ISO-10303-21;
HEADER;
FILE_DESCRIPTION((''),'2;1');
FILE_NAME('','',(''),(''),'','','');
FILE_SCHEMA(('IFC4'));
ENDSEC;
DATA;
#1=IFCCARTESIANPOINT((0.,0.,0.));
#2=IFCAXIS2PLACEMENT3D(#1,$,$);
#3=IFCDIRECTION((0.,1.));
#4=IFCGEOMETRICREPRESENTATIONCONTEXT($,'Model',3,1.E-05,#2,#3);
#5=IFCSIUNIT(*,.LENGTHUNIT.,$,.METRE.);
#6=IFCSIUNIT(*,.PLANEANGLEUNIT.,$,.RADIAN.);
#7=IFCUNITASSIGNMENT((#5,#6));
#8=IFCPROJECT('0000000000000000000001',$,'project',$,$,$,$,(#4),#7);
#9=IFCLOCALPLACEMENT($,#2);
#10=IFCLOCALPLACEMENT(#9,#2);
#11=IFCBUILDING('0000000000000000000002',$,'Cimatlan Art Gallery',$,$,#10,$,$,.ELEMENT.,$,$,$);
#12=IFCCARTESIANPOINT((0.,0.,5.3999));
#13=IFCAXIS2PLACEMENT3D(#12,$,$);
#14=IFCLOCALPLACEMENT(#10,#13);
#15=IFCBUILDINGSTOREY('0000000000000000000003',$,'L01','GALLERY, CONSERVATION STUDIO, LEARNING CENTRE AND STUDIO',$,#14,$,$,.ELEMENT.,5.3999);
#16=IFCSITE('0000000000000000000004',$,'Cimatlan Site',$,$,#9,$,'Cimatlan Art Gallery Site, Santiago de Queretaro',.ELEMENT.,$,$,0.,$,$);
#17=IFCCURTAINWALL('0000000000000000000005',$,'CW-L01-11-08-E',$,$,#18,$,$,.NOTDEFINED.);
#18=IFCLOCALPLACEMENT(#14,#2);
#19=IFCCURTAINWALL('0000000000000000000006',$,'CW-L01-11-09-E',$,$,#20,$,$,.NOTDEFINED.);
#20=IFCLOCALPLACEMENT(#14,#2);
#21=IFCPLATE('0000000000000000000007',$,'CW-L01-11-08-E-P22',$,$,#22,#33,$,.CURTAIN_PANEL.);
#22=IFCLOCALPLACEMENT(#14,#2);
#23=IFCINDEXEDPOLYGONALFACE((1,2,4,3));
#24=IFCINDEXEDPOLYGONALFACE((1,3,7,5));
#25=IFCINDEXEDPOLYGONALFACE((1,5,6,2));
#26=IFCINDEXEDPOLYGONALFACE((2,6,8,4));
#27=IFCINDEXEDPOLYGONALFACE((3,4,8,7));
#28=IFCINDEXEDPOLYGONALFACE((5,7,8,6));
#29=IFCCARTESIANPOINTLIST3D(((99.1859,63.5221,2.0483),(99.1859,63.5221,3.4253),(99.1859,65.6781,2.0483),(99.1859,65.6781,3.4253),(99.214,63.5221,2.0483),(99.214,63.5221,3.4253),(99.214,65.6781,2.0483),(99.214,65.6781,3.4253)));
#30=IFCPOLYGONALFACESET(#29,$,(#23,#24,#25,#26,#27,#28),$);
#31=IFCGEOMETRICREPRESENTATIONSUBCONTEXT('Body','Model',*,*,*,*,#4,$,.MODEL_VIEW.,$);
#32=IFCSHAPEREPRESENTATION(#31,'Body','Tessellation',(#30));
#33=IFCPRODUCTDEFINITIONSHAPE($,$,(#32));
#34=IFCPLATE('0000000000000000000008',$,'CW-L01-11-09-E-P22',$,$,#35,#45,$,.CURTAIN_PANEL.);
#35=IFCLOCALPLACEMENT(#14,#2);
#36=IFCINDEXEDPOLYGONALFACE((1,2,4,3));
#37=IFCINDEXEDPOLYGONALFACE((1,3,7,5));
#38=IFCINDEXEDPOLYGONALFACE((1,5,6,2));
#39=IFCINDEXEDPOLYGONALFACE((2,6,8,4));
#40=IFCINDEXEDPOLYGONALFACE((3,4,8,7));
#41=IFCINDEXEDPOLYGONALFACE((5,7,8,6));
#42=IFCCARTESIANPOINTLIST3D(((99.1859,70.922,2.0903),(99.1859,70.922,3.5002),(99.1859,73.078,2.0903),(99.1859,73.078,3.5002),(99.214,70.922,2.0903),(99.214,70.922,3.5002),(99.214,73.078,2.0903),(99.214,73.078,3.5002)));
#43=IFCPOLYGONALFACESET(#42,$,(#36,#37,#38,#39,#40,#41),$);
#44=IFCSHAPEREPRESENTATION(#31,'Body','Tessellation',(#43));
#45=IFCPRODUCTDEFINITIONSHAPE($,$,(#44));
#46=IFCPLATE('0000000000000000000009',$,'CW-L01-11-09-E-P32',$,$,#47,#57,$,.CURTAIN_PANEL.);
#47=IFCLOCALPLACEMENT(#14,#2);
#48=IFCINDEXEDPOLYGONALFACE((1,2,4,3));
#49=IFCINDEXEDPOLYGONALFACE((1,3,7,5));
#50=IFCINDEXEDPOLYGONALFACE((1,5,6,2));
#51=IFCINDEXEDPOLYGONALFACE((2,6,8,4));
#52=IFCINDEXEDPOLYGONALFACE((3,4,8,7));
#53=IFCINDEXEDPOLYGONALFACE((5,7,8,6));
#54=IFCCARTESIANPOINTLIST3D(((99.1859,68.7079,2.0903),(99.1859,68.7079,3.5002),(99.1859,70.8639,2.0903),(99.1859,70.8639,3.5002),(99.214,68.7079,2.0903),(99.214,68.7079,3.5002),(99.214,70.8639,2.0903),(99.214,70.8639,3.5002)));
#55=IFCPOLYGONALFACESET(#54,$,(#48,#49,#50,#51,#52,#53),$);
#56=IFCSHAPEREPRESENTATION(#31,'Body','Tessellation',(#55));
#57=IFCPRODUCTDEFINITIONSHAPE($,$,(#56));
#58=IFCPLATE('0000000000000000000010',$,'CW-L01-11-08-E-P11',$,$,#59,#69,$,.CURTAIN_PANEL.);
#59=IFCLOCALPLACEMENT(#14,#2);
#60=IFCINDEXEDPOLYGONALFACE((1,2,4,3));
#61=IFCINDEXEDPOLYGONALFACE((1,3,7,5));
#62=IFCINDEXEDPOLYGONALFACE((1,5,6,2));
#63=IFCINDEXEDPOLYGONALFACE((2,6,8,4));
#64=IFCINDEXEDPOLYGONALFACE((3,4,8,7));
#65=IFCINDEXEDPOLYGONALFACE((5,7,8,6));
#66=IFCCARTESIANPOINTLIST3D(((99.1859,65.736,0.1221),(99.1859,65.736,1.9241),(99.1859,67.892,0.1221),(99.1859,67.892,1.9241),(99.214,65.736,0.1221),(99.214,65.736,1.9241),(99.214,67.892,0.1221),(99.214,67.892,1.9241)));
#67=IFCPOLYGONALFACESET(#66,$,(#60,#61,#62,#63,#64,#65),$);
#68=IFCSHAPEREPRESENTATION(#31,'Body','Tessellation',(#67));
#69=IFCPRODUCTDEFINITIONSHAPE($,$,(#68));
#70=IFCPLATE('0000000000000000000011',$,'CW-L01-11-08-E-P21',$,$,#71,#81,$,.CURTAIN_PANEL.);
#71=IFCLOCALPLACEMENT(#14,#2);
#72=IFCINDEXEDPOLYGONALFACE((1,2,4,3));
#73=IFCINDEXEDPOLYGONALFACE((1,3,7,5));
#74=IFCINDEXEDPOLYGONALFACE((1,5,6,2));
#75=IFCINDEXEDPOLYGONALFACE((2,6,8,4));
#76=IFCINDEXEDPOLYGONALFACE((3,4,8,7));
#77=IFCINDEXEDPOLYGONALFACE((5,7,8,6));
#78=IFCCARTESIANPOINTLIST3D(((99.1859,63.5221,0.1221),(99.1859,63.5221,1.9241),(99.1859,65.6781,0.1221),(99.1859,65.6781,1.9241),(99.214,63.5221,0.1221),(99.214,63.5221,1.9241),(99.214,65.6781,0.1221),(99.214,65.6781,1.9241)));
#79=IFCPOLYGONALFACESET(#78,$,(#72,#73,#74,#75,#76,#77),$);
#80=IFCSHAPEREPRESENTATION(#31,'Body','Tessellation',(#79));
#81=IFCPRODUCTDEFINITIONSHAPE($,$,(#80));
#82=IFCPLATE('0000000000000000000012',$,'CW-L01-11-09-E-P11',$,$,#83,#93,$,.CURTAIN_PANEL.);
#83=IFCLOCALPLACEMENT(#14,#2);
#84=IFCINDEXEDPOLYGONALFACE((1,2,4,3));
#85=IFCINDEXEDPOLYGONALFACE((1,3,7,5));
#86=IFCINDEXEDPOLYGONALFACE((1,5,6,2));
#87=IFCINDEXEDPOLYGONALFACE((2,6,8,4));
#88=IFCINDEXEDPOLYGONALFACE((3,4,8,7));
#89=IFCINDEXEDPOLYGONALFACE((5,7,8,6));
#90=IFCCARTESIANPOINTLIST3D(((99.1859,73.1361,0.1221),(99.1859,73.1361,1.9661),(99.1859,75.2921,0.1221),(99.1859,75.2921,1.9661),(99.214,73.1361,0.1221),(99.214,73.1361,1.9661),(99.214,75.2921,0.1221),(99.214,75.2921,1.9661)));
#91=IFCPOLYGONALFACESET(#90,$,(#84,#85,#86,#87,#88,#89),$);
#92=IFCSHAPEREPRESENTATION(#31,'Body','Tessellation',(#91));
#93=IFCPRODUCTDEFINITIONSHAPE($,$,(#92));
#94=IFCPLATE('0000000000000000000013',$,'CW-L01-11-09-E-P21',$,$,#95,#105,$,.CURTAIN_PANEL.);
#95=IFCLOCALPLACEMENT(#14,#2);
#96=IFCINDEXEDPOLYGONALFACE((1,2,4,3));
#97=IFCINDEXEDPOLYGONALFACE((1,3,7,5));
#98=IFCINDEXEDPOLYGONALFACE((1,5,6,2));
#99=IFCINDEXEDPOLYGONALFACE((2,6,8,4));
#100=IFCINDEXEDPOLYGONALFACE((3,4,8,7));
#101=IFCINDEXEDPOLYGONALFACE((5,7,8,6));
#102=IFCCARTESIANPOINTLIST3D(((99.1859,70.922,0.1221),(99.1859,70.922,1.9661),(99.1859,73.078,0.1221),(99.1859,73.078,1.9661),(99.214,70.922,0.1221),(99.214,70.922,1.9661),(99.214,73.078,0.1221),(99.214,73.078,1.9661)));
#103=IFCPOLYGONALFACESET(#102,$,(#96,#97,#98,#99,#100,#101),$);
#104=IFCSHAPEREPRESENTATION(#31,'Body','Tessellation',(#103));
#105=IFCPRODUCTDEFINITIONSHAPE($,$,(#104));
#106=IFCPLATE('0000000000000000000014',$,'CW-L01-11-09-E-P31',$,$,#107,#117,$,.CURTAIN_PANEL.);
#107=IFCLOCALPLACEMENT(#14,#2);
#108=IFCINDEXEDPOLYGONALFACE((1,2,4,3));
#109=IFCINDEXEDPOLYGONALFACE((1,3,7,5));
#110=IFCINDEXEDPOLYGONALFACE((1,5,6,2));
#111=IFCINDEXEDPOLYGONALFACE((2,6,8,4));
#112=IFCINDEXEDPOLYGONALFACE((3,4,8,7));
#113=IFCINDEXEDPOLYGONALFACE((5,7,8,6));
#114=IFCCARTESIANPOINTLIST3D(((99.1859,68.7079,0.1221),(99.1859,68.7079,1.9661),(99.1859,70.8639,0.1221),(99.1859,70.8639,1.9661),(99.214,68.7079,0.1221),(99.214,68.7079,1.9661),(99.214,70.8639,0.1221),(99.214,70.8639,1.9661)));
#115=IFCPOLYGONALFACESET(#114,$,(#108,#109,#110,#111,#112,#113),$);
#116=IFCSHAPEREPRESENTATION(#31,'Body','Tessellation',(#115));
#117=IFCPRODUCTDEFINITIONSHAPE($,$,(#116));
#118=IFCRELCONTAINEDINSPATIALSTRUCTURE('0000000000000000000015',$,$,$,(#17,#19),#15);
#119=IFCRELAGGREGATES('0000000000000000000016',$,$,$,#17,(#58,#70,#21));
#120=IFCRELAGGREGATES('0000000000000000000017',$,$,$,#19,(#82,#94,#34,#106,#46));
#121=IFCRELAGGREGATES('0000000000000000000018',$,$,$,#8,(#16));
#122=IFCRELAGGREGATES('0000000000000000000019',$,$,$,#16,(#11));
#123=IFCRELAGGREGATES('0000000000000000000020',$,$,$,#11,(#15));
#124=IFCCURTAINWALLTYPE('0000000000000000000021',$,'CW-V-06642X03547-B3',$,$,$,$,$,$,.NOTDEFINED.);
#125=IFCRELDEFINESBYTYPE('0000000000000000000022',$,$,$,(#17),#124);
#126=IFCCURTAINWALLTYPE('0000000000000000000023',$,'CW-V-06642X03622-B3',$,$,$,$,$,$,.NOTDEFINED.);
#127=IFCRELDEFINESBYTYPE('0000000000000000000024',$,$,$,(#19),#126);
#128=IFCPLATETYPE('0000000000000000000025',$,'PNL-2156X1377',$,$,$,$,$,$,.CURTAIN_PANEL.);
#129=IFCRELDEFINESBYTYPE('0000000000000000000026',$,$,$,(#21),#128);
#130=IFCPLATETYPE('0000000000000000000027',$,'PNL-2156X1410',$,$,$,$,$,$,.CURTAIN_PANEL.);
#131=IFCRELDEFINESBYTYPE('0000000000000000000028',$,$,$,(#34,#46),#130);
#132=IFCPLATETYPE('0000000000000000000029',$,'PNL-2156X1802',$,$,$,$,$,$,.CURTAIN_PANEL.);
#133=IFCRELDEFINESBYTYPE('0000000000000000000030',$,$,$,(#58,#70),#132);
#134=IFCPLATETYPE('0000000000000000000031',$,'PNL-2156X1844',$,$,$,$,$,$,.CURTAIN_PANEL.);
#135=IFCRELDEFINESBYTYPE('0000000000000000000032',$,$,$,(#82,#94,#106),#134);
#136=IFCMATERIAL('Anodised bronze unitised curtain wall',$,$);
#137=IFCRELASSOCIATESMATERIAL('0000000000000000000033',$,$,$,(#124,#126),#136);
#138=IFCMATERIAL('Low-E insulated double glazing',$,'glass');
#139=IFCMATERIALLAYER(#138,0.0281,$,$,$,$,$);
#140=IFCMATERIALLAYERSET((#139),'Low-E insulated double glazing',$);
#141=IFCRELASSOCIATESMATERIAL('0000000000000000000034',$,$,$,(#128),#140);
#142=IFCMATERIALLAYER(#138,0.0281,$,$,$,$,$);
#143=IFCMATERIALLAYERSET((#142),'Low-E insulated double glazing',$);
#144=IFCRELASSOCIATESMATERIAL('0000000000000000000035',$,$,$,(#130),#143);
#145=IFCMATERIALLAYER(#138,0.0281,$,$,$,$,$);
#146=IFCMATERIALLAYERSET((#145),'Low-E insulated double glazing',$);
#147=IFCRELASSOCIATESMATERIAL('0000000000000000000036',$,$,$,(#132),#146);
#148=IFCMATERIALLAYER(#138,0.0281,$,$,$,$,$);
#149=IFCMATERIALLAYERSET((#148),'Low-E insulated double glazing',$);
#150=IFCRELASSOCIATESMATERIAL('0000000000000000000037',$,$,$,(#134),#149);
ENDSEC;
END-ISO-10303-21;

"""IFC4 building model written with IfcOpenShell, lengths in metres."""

from ifc_helpers import new_model, si_unit, direction, frame, origin, origin_2d, place, context, subcontext, project, spatial, rectangle, extrude, material, layer, layer_set, type_object, element, aggregate, save


model = new_model("IFC4")

# Units and contexts
model_context = context("Model", 3, precision=1e-05, world=origin(), true_north=direction((0.0, 1.0)))
body_context = subcontext(model_context, "Body", "Model", "MODEL_VIEW")
ifc_project = project(units=[si_unit("LENGTHUNIT", "METRE"), si_unit("PLANEANGLEUNIT", "RADIAN")], contexts=[model_context])

# Site, building, storey
site_placement = place(None, origin())
site = spatial("IfcSite", under=ifc_project, at=site_placement, Name="Cimatlan Site", LongName="Cimatlan Art Gallery Site, Santiago de Queretaro", CompositionType="ELEMENT", RefElevation=0.0)
building_placement = place(site_placement, origin())
building = spatial("IfcBuilding", under=site, at=building_placement, Name="Cimatlan Art Gallery", CompositionType="ELEMENT")
storey_placement = place(building_placement, frame((0.0, 0.0, 5.3999)))
storey = spatial("IfcBuildingStorey", under=building, at=storey_placement, Name="L01", Description="GALLERY, CONSERVATION STUDIO, LEARNING CENTRE AND STUDIO", CompositionType="ELEMENT", Elevation=5.3999)

# Curtain walls
ifc_material_1 = material(Name="Anodised bronze unitised curtain wall")
curtain_wall_type_1 = type_object("IfcCurtainWallType", Name="CW-V-06642X03547-B3", PredefinedType="NOTDEFINED", material=ifc_material_1)
curtain_wall_1_placement = place(storey_placement, origin())
curtain_wall_1 = element("IfcCurtainWall", 1, at=curtain_wall_1_placement, inside=storey, type_object=curtain_wall_type_1, Name="CW-L01-11-08-E", PredefinedType="NOTDEFINED")
curtain_wall_type_2 = type_object("IfcCurtainWallType", Name="CW-V-06642X03622-B3", PredefinedType="NOTDEFINED", material=ifc_material_1)
curtain_wall_2_placement = place(storey_placement, origin())
curtain_wall_2 = element("IfcCurtainWall", 2, at=curtain_wall_2_placement, inside=storey, type_object=curtain_wall_type_2, Name="CW-L01-11-09-E", PredefinedType="NOTDEFINED")

# Plates
ifc_material_2 = material(Name="Low-E insulated double glazing", Category="glass")
ifc_layer_1 = layer(ifc_material_2, 0.0281)
ifc_layer_set_1 = layer_set([ifc_layer_1], Name="Low-E insulated double glazing")
plate_type_1 = type_object("IfcPlateType", Name="PNL-2156X1377", PredefinedType="CURTAIN_PANEL", material=ifc_layer_set_1)
plate_1_placement = place(storey_placement, frame((99.2, 64.6001, 2.0483), z_axis=(0.0, 0.0, 1.0), x_axis=(0.0, -1.0, 0.0)))
plate_1 = element("IfcPlate", 3, at=plate_1_placement, type_object=plate_type_1, Name="CW-L01-11-08-E-P22", PredefinedType="CURTAIN_PANEL", context=body_context, shape_type="SweptSolid", body=[
    extrude(rectangle(XDim=2.156, YDim=0.0281, at=origin_2d()), origin(), (0.0, 0.0, 1.0), 1.377),
])
ifc_layer_2 = layer(ifc_material_2, 0.0281)
ifc_layer_set_2 = layer_set([ifc_layer_2], Name="Low-E insulated double glazing")
plate_type_2 = type_object("IfcPlateType", Name="PNL-2156X1410", PredefinedType="CURTAIN_PANEL", material=ifc_layer_set_2)
plate_2_placement = place(storey_placement, frame((99.2, 72.0, 2.0903), z_axis=(0.0, 0.0, 1.0), x_axis=(0.0, -1.0, 0.0)))
plate_2 = element("IfcPlate", 4, at=plate_2_placement, type_object=plate_type_2, Name="CW-L01-11-09-E-P22", PredefinedType="CURTAIN_PANEL", context=body_context, shape_type="SweptSolid", body=[
    extrude(rectangle(XDim=2.156, YDim=0.0281, at=origin_2d()), origin(), (0.0, 0.0, 1.0), 1.4099),
])
plate_3_placement = place(storey_placement, frame((99.2, 69.7859, 2.0903), z_axis=(0.0, 0.0, 1.0), x_axis=(0.0, -1.0, 0.0)))
plate_3 = element("IfcPlate", 5, at=plate_3_placement, type_object=plate_type_2, Name="CW-L01-11-09-E-P32", PredefinedType="CURTAIN_PANEL", context=body_context, shape_type="SweptSolid", body=[
    extrude(rectangle(XDim=2.156, YDim=0.0281, at=origin_2d()), origin(), (0.0, 0.0, 1.0), 1.4099),
])
ifc_layer_3 = layer(ifc_material_2, 0.0281)
ifc_layer_set_3 = layer_set([ifc_layer_3], Name="Low-E insulated double glazing")
plate_type_3 = type_object("IfcPlateType", Name="PNL-2156X1802", PredefinedType="CURTAIN_PANEL", material=ifc_layer_set_3)
plate_4_placement = place(storey_placement, frame((99.2, 66.814, 0.1221), z_axis=(0.0, 0.0, 1.0), x_axis=(0.0, -1.0, 0.0)))
plate_4 = element("IfcPlate", 6, at=plate_4_placement, type_object=plate_type_3, Name="CW-L01-11-08-E-P11", PredefinedType="CURTAIN_PANEL", context=body_context, shape_type="SweptSolid", body=[
    extrude(rectangle(XDim=2.156, YDim=0.0281, at=origin_2d()), origin(), (0.0, 0.0, 1.0), 1.802),
])
plate_5_placement = place(storey_placement, frame((99.2, 64.6001, 0.1221), z_axis=(0.0, 0.0, 1.0), x_axis=(0.0, -1.0, 0.0)))
plate_5 = element("IfcPlate", 7, at=plate_5_placement, type_object=plate_type_3, Name="CW-L01-11-08-E-P21", PredefinedType="CURTAIN_PANEL", context=body_context, shape_type="SweptSolid", body=[
    extrude(rectangle(XDim=2.156, YDim=0.0281, at=origin_2d()), origin(), (0.0, 0.0, 1.0), 1.802),
])
aggregate(curtain_wall_1, [plate_4, plate_5, plate_1])
ifc_layer_4 = layer(ifc_material_2, 0.0281)
ifc_layer_set_4 = layer_set([ifc_layer_4], Name="Low-E insulated double glazing")
plate_type_4 = type_object("IfcPlateType", Name="PNL-2156X1844", PredefinedType="CURTAIN_PANEL", material=ifc_layer_set_4)
plate_6_placement = place(storey_placement, frame((99.2, 74.2141, 0.1221), z_axis=(0.0, 0.0, 1.0), x_axis=(0.0, -1.0, 0.0)))
plate_6 = element("IfcPlate", 8, at=plate_6_placement, type_object=plate_type_4, Name="CW-L01-11-09-E-P11", PredefinedType="CURTAIN_PANEL", context=body_context, shape_type="SweptSolid", body=[
    extrude(rectangle(XDim=2.156, YDim=0.0281, at=origin_2d()), origin(), (0.0, 0.0, 1.0), 1.844),
])
plate_7_placement = place(storey_placement, frame((99.2, 72.0, 0.1221), z_axis=(0.0, 0.0, 1.0), x_axis=(0.0, -1.0, 0.0)))
plate_7 = element("IfcPlate", 9, at=plate_7_placement, type_object=plate_type_4, Name="CW-L01-11-09-E-P21", PredefinedType="CURTAIN_PANEL", context=body_context, shape_type="SweptSolid", body=[
    extrude(rectangle(XDim=2.156, YDim=0.0281, at=origin_2d()), origin(), (0.0, 0.0, 1.0), 1.844),
])
plate_8_placement = place(storey_placement, frame((99.2, 69.7859, 0.1221), z_axis=(0.0, 0.0, 1.0), x_axis=(0.0, -1.0, 0.0)))
plate_8 = element("IfcPlate", 10, at=plate_8_placement, type_object=plate_type_4, Name="CW-L01-11-09-E-P31", PredefinedType="CURTAIN_PANEL", context=body_context, shape_type="SweptSolid", body=[
    extrude(rectangle(XDim=2.156, YDim=0.0281, at=origin_2d()), origin(), (0.0, 0.0, 1.0), 1.844),
])
aggregate(curtain_wall_2, [plate_6, plate_7, plate_2, plate_8, plate_3])

save(model, "model.ifc")
